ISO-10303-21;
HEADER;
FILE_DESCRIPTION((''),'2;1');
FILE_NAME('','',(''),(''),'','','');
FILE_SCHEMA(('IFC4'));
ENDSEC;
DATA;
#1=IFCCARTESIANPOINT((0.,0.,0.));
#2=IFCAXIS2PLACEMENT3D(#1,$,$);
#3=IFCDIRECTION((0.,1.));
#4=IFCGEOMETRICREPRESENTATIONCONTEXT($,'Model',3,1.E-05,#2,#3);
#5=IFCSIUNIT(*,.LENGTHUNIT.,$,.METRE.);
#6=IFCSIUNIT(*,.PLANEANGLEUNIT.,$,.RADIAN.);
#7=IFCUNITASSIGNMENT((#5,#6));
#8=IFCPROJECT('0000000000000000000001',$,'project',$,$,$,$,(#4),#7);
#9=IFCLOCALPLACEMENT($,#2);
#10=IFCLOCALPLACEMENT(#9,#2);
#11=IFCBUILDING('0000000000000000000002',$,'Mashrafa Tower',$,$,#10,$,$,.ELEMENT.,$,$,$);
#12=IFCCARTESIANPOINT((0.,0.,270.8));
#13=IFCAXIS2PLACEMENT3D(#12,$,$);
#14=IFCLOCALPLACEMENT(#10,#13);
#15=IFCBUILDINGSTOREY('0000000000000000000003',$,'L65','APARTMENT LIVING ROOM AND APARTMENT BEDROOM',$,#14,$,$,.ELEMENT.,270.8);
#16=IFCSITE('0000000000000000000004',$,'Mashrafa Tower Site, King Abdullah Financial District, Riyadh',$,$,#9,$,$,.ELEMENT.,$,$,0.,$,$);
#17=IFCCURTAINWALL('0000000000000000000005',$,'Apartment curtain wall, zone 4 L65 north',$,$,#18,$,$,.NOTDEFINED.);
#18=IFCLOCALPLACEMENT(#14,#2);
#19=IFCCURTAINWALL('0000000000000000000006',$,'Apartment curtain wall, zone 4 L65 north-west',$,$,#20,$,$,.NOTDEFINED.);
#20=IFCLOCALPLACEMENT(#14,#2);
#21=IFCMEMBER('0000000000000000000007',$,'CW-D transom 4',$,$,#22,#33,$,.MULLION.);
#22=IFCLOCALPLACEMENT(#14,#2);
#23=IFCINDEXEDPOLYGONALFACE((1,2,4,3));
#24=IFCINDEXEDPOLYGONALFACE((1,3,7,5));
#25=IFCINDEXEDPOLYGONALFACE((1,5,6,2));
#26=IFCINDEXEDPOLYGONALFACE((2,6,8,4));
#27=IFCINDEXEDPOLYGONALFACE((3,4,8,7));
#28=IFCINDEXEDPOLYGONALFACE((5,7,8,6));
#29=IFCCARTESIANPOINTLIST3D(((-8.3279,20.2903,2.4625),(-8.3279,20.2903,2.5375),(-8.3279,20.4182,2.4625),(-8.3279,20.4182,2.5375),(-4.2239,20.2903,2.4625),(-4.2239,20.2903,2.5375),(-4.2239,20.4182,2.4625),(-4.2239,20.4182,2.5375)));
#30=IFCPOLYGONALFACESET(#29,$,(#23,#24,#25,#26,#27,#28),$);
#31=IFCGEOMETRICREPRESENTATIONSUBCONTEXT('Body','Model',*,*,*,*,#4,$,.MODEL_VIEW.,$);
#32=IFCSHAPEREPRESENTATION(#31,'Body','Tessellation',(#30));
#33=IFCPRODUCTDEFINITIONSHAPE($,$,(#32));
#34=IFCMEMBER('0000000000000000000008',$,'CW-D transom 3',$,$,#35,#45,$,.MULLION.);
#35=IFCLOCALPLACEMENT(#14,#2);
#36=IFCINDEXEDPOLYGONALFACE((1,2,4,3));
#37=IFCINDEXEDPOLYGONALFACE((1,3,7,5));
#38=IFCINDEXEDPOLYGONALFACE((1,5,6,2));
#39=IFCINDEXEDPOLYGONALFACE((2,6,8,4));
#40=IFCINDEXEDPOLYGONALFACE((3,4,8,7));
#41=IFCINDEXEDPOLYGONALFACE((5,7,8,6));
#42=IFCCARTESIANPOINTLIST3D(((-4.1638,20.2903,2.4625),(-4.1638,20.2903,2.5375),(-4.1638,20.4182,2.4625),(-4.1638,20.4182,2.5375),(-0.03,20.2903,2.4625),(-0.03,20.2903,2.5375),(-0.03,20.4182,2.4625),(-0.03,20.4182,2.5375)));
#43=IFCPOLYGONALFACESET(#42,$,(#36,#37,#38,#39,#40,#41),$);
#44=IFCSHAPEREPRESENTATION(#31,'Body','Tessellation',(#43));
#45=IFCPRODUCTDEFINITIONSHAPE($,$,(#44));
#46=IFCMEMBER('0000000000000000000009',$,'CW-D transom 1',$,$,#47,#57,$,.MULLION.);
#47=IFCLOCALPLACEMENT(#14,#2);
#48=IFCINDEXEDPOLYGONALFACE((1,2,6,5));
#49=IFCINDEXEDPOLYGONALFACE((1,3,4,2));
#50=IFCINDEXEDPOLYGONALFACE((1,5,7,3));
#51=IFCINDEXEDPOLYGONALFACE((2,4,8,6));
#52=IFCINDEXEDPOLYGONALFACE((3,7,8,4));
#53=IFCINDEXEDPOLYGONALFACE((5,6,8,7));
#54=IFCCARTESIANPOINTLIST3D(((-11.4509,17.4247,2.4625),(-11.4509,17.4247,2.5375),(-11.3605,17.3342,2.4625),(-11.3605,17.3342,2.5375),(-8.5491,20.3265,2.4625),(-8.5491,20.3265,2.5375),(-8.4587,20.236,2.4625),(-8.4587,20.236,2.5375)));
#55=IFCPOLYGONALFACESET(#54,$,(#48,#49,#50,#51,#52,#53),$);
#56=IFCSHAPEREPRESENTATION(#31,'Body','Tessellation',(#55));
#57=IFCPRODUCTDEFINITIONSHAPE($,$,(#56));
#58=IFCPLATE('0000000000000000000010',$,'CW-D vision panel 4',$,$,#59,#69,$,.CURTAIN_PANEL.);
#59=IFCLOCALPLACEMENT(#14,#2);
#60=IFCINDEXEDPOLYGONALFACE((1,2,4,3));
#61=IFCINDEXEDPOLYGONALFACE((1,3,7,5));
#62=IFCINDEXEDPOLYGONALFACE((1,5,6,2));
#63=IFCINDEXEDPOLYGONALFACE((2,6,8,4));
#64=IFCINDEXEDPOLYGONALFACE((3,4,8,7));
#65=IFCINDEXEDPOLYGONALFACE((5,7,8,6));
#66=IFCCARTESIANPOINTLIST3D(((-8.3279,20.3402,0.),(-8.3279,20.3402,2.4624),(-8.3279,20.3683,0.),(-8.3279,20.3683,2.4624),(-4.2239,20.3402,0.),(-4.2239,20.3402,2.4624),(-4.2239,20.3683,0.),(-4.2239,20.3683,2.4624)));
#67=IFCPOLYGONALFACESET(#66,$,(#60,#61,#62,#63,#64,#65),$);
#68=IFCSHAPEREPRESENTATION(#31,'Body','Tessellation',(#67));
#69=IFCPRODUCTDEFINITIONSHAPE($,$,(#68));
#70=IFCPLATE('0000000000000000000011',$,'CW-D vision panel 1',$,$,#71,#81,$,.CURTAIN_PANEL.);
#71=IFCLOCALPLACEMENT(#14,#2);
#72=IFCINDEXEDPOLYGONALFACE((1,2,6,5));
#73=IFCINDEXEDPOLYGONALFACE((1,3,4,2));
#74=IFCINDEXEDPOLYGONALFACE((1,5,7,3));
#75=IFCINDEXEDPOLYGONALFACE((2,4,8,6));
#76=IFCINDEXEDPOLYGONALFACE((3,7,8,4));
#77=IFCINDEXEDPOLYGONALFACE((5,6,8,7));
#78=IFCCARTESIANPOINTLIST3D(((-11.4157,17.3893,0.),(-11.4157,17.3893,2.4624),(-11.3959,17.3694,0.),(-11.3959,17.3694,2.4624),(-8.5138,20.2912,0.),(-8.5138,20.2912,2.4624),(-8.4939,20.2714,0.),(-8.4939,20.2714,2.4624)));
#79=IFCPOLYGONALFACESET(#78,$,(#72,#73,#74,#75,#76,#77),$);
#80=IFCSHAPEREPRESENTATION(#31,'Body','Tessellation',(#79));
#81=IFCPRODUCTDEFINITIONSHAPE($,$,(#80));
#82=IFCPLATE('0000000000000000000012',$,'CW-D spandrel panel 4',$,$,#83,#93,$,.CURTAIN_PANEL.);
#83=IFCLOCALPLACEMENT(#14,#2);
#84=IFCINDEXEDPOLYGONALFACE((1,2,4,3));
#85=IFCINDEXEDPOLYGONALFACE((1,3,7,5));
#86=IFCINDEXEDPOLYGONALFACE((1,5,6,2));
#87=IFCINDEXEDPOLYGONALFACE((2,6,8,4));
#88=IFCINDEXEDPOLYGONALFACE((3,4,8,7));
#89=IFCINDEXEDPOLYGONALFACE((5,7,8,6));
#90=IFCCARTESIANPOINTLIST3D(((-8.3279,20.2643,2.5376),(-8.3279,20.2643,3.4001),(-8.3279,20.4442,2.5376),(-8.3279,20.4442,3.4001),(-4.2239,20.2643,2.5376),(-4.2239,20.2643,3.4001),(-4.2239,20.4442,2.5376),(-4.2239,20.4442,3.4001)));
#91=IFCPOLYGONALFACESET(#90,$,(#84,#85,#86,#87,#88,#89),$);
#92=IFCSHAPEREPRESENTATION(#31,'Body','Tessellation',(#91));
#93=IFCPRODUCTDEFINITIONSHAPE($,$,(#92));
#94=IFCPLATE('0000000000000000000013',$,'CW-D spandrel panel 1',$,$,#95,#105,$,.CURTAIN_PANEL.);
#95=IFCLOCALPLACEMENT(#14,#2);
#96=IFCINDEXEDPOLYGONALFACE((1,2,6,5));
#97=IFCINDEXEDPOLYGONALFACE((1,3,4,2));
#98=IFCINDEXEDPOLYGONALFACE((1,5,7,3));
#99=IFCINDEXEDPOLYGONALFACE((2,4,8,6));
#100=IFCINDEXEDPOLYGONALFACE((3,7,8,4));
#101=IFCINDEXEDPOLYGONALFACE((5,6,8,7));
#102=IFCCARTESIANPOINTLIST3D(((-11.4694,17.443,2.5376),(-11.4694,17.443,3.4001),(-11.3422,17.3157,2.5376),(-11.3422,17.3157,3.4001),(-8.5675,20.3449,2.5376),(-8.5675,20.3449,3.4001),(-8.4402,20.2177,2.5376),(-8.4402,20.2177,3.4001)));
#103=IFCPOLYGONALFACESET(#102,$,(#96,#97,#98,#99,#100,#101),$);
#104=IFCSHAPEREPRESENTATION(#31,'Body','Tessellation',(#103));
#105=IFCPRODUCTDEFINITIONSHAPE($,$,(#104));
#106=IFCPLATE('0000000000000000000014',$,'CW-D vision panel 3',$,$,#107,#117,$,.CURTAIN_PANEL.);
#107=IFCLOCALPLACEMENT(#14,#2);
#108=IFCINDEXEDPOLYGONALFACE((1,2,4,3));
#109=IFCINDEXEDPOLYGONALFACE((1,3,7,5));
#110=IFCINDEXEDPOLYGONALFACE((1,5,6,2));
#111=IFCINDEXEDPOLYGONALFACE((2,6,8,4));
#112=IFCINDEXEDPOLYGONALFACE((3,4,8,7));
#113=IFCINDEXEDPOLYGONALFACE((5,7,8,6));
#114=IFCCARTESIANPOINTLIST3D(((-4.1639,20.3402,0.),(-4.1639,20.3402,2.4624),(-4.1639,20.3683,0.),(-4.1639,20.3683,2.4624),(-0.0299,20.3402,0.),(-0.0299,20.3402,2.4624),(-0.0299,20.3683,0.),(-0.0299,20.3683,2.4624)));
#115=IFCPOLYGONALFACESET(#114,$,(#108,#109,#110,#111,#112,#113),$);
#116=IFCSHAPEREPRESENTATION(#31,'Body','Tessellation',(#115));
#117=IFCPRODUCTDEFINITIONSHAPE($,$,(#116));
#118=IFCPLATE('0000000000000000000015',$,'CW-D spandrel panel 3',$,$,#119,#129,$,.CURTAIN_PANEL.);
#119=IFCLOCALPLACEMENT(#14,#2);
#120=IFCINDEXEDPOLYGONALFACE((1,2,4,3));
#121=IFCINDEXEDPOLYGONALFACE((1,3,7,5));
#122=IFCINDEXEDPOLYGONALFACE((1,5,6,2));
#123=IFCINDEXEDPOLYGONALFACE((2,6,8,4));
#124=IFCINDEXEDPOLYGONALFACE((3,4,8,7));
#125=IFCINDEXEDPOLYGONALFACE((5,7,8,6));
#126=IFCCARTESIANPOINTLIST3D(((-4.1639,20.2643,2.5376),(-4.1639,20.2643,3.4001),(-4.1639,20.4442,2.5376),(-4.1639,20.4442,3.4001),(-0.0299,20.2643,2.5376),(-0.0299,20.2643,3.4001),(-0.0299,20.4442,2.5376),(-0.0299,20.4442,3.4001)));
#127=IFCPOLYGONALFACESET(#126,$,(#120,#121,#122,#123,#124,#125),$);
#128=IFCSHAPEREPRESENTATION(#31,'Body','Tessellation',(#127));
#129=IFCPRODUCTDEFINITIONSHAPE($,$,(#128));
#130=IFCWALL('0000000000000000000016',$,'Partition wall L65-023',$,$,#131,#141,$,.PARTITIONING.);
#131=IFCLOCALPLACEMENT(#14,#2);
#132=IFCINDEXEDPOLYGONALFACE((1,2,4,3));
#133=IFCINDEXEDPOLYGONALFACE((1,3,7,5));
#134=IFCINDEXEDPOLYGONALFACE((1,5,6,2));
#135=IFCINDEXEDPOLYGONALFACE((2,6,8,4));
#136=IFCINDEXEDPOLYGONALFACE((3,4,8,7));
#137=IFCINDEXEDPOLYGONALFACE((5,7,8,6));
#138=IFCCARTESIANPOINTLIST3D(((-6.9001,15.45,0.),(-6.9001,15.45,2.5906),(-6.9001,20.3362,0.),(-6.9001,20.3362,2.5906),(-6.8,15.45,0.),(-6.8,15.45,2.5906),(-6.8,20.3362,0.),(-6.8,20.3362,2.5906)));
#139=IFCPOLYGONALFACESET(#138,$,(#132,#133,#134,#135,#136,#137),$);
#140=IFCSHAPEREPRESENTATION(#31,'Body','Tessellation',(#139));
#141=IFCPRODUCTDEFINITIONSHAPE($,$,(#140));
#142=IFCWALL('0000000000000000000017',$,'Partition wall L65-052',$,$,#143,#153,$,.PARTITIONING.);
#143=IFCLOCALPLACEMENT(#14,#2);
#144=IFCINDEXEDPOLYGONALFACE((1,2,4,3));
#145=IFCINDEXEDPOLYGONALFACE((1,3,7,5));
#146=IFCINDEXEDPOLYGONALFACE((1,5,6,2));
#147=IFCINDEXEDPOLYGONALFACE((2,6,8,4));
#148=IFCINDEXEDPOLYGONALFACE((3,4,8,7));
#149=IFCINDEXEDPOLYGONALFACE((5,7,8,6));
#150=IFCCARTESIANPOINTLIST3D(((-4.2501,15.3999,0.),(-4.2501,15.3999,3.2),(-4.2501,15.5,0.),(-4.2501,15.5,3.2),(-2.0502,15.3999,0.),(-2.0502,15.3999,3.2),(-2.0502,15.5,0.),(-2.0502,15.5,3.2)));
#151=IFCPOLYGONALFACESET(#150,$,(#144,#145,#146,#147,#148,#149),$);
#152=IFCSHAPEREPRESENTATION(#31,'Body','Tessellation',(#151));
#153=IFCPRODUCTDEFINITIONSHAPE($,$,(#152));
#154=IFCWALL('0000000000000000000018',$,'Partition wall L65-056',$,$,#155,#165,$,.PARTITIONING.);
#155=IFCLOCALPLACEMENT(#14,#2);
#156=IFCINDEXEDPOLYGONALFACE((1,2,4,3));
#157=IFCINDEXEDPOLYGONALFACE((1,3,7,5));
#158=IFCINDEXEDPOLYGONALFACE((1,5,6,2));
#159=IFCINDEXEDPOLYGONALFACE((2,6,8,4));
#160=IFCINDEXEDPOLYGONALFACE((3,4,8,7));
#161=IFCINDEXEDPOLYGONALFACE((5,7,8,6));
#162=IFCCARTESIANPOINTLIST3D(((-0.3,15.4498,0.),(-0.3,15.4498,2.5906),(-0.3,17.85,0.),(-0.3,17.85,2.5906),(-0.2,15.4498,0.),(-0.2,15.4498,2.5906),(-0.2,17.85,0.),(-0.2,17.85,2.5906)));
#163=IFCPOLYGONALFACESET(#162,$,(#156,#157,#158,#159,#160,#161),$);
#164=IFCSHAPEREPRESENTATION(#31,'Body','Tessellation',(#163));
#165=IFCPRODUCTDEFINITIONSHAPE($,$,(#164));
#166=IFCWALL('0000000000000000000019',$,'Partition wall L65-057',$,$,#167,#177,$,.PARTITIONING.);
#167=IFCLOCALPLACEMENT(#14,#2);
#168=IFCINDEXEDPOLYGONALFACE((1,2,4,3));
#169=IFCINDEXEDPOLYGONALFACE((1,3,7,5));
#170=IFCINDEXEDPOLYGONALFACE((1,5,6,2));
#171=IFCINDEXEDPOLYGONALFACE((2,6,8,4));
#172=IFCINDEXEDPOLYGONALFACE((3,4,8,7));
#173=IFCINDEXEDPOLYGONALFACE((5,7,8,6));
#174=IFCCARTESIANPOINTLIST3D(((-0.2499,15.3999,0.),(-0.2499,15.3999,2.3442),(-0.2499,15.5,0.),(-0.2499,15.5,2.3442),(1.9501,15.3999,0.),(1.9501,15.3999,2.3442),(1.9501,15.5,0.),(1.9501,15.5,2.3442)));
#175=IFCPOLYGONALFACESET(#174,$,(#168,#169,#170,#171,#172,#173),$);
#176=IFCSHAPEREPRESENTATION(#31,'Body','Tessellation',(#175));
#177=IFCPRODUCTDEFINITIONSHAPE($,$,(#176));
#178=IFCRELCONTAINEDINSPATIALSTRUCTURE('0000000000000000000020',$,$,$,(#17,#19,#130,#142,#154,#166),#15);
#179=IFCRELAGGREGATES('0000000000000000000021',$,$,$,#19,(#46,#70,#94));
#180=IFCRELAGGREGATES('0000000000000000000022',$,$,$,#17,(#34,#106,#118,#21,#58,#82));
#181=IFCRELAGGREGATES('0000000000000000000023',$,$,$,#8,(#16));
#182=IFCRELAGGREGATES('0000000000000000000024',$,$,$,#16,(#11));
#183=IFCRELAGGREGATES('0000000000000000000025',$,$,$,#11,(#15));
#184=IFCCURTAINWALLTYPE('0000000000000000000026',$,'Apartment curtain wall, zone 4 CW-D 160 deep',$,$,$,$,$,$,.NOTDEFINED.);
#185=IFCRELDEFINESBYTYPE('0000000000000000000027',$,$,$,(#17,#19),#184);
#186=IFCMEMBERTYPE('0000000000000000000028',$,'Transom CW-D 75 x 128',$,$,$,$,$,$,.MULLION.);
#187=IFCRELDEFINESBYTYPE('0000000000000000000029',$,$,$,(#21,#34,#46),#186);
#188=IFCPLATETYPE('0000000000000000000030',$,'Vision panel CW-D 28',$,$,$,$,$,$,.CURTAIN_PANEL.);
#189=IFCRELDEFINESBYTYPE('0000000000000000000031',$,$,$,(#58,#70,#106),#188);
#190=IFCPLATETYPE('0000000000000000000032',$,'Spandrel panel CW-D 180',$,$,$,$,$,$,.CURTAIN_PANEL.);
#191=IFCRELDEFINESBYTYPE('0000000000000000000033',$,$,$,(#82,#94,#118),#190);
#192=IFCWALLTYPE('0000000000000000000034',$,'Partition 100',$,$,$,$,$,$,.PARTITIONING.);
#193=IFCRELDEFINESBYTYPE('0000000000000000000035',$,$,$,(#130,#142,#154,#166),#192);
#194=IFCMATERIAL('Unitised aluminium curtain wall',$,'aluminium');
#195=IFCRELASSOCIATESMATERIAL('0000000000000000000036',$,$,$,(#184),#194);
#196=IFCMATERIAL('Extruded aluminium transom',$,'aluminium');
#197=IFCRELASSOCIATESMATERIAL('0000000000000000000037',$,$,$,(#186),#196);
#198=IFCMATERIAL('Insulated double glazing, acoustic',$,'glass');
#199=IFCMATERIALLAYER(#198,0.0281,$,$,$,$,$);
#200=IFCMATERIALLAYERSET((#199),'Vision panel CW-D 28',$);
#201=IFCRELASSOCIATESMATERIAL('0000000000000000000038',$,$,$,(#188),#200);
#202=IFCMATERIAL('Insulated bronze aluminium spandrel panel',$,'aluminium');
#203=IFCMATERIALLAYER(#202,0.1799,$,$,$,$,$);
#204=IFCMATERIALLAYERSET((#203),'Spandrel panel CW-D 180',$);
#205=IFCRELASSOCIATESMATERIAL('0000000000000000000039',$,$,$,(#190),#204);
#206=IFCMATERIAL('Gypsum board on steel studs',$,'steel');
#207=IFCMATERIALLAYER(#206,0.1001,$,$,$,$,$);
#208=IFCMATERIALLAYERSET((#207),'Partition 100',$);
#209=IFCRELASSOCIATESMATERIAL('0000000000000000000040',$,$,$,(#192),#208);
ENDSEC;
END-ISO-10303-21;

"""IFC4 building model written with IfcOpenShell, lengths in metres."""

from ifc_helpers import new_model, si_unit, direction, frame, frame_2d, origin, origin_2d, place, context, subcontext, project, spatial, rectangle, extrude, source, transform, mapped, material, layer, layer_set, material_profile, profile_set, type_object, type_shapes, element, aggregate, save


model = new_model("IFC4")

# Units and contexts
model_context = context("Model", 3, precision=1e-05, world=origin(), true_north=direction((0.0, 1.0)))
body_context = subcontext(model_context, "Body", "Model", "MODEL_VIEW")
ifc_project = project(units=[si_unit("LENGTHUNIT", "METRE"), si_unit("PLANEANGLEUNIT", "RADIAN")], contexts=[model_context])

# Site, building, storey
site_placement = place(None, origin())
site = spatial("IfcSite", under=ifc_project, at=site_placement, Name="Mashrafa Tower Site, King Abdullah Financial District, Riyadh", CompositionType="ELEMENT", RefElevation=0.0)
building_placement = place(site_placement, origin())
building = spatial("IfcBuilding", under=site, at=building_placement, Name="Mashrafa Tower", CompositionType="ELEMENT")
storey_placement = place(building_placement, frame((0.0, 0.0, 270.8)))
storey = spatial("IfcBuildingStorey", under=building, at=storey_placement, Name="L65", Description="APARTMENT LIVING ROOM AND APARTMENT BEDROOM", CompositionType="ELEMENT", Elevation=270.8)

# Curtain walls
ifc_material_1 = material(Name="Unitised aluminium curtain wall", Category="aluminium")
curtain_wall_type = type_object("IfcCurtainWallType", Name="Apartment curtain wall, zone 4 CW-D 160 deep", PredefinedType="NOTDEFINED", material=ifc_material_1)
curtain_wall_1_placement = place(storey_placement, origin())
curtain_wall_1 = element("IfcCurtainWall", 1, at=curtain_wall_1_placement, inside=storey, type_object=curtain_wall_type, Name="Apartment curtain wall, zone 4 L65 north", PredefinedType="NOTDEFINED")
curtain_wall_2_placement = place(storey_placement, origin())
curtain_wall_2 = element("IfcCurtainWall", 2, at=curtain_wall_2_placement, inside=storey, type_object=curtain_wall_type, Name="Apartment curtain wall, zone 4 L65 north-west", PredefinedType="NOTDEFINED")

# Members
ifc_material_2 = material(Name="Extruded aluminium transom", Category="aluminium")
ifc_material_profile_1 = material_profile(ifc_material_2, rectangle(XDim=0.1279, YDim=0.075, at=origin_2d()), Name="Transom 75x128")
ifc_profile_set_1 = profile_set([ifc_material_profile_1], Name="Extruded aluminium transom")
member_type_1 = type_object("IfcMemberType", Name="Transom CW-D 75 x 128", PredefinedType="MULLION", material=ifc_profile_set_1)
shared_shape_1 = source(origin(), body_context, "Body", "SweptSolid", [
    extrude(rectangle(XDim=0.1279, YDim=0.075, at=origin_2d()), origin(), (0.0, 0.0, 1.0), 4.104),
])
member_1_placement = place(storey_placement, frame((-4.2239, 20.3542, 2.5), z_axis=(-1.0, 0.0, 0.0), x_axis=(0.0, -1.0, 0.0)))
member_1 = element("IfcMember", 3, at=member_1_placement, type_object=member_type_1, Name="CW-D transom 4", PredefinedType="MULLION", context=body_context, shape_type="MappedRepresentation", body=[
    mapped(shared_shape_1, transform((0.0, 0.0, 0.0))),
])
shared_shape_2 = source(origin(), body_context, "Body", "SweptSolid", [
    extrude(rectangle(XDim=0.1279, YDim=0.075, at=origin_2d()), origin(), (0.0, 0.0, 1.0), 4.1338),
])
member_2_placement = place(storey_placement, frame((-0.03, 20.3542, 2.5), z_axis=(-1.0, 0.0, 0.0), x_axis=(0.0, -1.0, 0.0)))
member_2 = element("IfcMember", 4, at=member_2_placement, type_object=member_type_1, Name="CW-D transom 3", PredefinedType="MULLION", context=body_context, shape_type="MappedRepresentation", body=[
    mapped(shared_shape_2, transform((0.0, 0.0, 0.0))),
])
shared_shape_3 = source(origin(), body_context, "Body", "SweptSolid", [
    extrude(rectangle(XDim=0.1279, YDim=0.075, at=origin_2d()), origin(), (0.0, 0.0, 1.0), 4.1038),
])
type_shapes(member_type_1, [shared_shape_1, shared_shape_2, shared_shape_3])
member_3_placement = place(storey_placement, frame((-8.5039, 20.2812, 2.5), z_axis=(-0.707107, -0.707107, 0.0), x_axis=(0.707107, -0.707107, 0.0)))
member_3 = element("IfcMember", 5, at=member_3_placement, type_object=member_type_1, Name="CW-D transom 1", PredefinedType="MULLION", context=body_context, shape_type="MappedRepresentation", body=[
    mapped(shared_shape_3, transform((0.0, 0.0, 0.0))),
])

# Plates
ifc_material_3 = material(Name="Insulated double glazing, acoustic", Category="glass")
ifc_layer_1 = layer(ifc_material_3, 0.0281)
ifc_layer_set_1 = layer_set([ifc_layer_1], Name="Vision panel CW-D 28")
plate_type_1 = type_object("IfcPlateType", Name="Vision panel CW-D 28", PredefinedType="CURTAIN_PANEL", material=ifc_layer_set_1)
shared_shape_4 = source(origin(), body_context, "Body", "SweptSolid", [
    extrude(rectangle(XDim=4.104, YDim=0.0281, at=origin_2d()), origin(), (0.0, 0.0, 1.0), 2.4624),
])
plate_1_placement = place(storey_placement, frame((-6.2759, 20.3542, 0.0), z_axis=(0.0, 0.0, 1.0), x_axis=(-1.0, 0.0, 0.0)))
plate_1 = element("IfcPlate", 6, at=plate_1_placement, type_object=plate_type_1, Name="CW-D vision panel 4", PredefinedType="CURTAIN_PANEL", context=body_context, shape_type="MappedRepresentation", body=[
    mapped(shared_shape_4, transform((0.0, 0.0, 0.0))),
])
plate_2_placement = place(storey_placement, frame((-9.9548, 18.8303, 0.0), z_axis=(0.0, 0.0, 1.0), x_axis=(-0.707107, -0.707107, 0.0)))
plate_2 = element("IfcPlate", 7, at=plate_2_placement, type_object=plate_type_1, Name="CW-D vision panel 1", PredefinedType="CURTAIN_PANEL", context=body_context, shape_type="MappedRepresentation", body=[
    mapped(shared_shape_4, transform((0.0, 0.0, 0.0))),
])
ifc_material_4 = material(Name="Insulated bronze aluminium spandrel panel", Category="aluminium")
ifc_layer_2 = layer(ifc_material_4, 0.1799)
ifc_layer_set_2 = layer_set([ifc_layer_2], Name="Spandrel panel CW-D 180")
plate_type_2 = type_object("IfcPlateType", Name="Spandrel panel CW-D 180", PredefinedType="CURTAIN_PANEL", material=ifc_layer_set_2)
shared_shape_5 = source(origin(), body_context, "Body", "SweptSolid", [
    extrude(rectangle(XDim=4.104, YDim=0.1799, at=origin_2d()), origin(), (0.0, 0.0, 1.0), 0.8625),
])
plate_3_placement = place(storey_placement, frame((-6.2759, 20.3542, 2.5376), z_axis=(0.0, 0.0, 1.0), x_axis=(-1.0, 0.0, 0.0)))
plate_3 = element("IfcPlate", 8, at=plate_3_placement, type_object=plate_type_2, Name="CW-D spandrel panel 4", PredefinedType="CURTAIN_PANEL", context=body_context, shape_type="MappedRepresentation", body=[
    mapped(shared_shape_5, transform((0.0, 0.0, 0.0))),
])
plate_4_placement = place(storey_placement, frame((-9.9548, 18.8303, 2.5376), z_axis=(0.0, 0.0, 1.0), x_axis=(-0.707107, -0.707107, 0.0)))
plate_4 = element("IfcPlate", 9, at=plate_4_placement, type_object=plate_type_2, Name="CW-D spandrel panel 1", PredefinedType="CURTAIN_PANEL", context=body_context, shape_type="MappedRepresentation", body=[
    mapped(shared_shape_5, transform((0.0, 0.0, 0.0))),
])
aggregate(curtain_wall_2, [member_3, plate_2, plate_4])
shared_shape_6 = source(origin(), body_context, "Body", "SweptSolid", [
    extrude(rectangle(XDim=4.134, YDim=0.0281, at=origin_2d()), origin(), (0.0, 0.0, 1.0), 2.4624),
])
type_shapes(plate_type_1, [shared_shape_4, shared_shape_6])
plate_5_placement = place(storey_placement, frame((-2.0969, 20.3542, 0.0), z_axis=(0.0, 0.0, 1.0), x_axis=(-1.0, 0.0, 0.0)))
plate_5 = element("IfcPlate", 10, at=plate_5_placement, type_object=plate_type_1, Name="CW-D vision panel 3", PredefinedType="CURTAIN_PANEL", context=body_context, shape_type="MappedRepresentation", body=[
    mapped(shared_shape_6, transform((0.0, 0.0, 0.0))),
])
shared_shape_7 = source(origin(), body_context, "Body", "SweptSolid", [
    extrude(rectangle(XDim=4.134, YDim=0.1799, at=origin_2d()), origin(), (0.0, 0.0, 1.0), 0.8625),
])
type_shapes(plate_type_2, [shared_shape_5, shared_shape_7])
plate_6_placement = place(storey_placement, frame((-2.0969, 20.3542, 2.5376), z_axis=(0.0, 0.0, 1.0), x_axis=(-1.0, 0.0, 0.0)))
plate_6 = element("IfcPlate", 11, at=plate_6_placement, type_object=plate_type_2, Name="CW-D spandrel panel 3", PredefinedType="CURTAIN_PANEL", context=body_context, shape_type="MappedRepresentation", body=[
    mapped(shared_shape_7, transform((0.0, 0.0, 0.0))),
])
aggregate(curtain_wall_1, [member_2, plate_5, plate_6, member_1, plate_1, plate_3])

# Walls
ifc_material_5 = material(Name="Gypsum board on steel studs", Category="steel")
ifc_layer_3 = layer(ifc_material_5, 0.1001)
ifc_layer_set_3 = layer_set([ifc_layer_3], Name="Partition 100")
wall_type = type_object("IfcWallType", Name="Partition 100", PredefinedType="PARTITIONING", material=ifc_layer_set_3)
wall_1_placement = place(storey_placement, frame((-6.8501, 15.45, 0.0), z_axis=(0.0, 0.0, 1.0), x_axis=(0.0, 1.0, 0.0)))
element("IfcWall", 12, at=wall_1_placement, inside=storey, type_object=wall_type, Name="Partition wall L65-023", PredefinedType="PARTITIONING", context=body_context, shape_type="SweptSolid", body=[
    extrude(rectangle(XDim=4.8862, YDim=0.1001, at=frame_2d((2.4431, 0.0))), origin(), (0.0, 0.0, 1.0), 2.5906),
])
wall_2_placement = place(storey_placement, frame((-2.05, 15.45, 0.0), z_axis=(0.0, 0.0, 1.0), x_axis=(-1.0, 0.0, 0.0)))
element("IfcWall", 13, at=wall_2_placement, inside=storey, type_object=wall_type, Name="Partition wall L65-052", PredefinedType="PARTITIONING", context=body_context, shape_type="SweptSolid", body=[
    extrude(rectangle(XDim=2.2, YDim=0.1001, at=frame_2d((1.1001, 0.0))), origin(), (0.0, 0.0, 1.0), 3.2),
])
wall_3_placement = place(storey_placement, frame((-0.25, 17.8501, 0.0), z_axis=(0.0, 0.0, 1.0), x_axis=(0.0, -1.0, 0.0)))
element("IfcWall", 14, at=wall_3_placement, inside=storey, type_object=wall_type, Name="Partition wall L65-056", PredefinedType="PARTITIONING", context=body_context, shape_type="SweptSolid", body=[
    extrude(rectangle(XDim=2.4001, YDim=0.1001, at=frame_2d((1.2002, 0.0))), origin(), (0.0, 0.0, 1.0), 2.5906),
])
wall_4_placement = place(storey_placement, frame((-0.25, 15.45, 0.0), z_axis=(0.0, 0.0, 1.0), x_axis=(1.0, 0.0, 0.0)))
element("IfcWall", 15, at=wall_4_placement, inside=storey, type_object=wall_type, Name="Partition wall L65-057", PredefinedType="PARTITIONING", context=body_context, shape_type="SweptSolid", body=[
    extrude(rectangle(XDim=2.2, YDim=0.1001, at=frame_2d((1.1001, 0.0))), origin(), (0.0, 0.0, 1.0), 2.3442),
])

save(model, "model.ifc")
